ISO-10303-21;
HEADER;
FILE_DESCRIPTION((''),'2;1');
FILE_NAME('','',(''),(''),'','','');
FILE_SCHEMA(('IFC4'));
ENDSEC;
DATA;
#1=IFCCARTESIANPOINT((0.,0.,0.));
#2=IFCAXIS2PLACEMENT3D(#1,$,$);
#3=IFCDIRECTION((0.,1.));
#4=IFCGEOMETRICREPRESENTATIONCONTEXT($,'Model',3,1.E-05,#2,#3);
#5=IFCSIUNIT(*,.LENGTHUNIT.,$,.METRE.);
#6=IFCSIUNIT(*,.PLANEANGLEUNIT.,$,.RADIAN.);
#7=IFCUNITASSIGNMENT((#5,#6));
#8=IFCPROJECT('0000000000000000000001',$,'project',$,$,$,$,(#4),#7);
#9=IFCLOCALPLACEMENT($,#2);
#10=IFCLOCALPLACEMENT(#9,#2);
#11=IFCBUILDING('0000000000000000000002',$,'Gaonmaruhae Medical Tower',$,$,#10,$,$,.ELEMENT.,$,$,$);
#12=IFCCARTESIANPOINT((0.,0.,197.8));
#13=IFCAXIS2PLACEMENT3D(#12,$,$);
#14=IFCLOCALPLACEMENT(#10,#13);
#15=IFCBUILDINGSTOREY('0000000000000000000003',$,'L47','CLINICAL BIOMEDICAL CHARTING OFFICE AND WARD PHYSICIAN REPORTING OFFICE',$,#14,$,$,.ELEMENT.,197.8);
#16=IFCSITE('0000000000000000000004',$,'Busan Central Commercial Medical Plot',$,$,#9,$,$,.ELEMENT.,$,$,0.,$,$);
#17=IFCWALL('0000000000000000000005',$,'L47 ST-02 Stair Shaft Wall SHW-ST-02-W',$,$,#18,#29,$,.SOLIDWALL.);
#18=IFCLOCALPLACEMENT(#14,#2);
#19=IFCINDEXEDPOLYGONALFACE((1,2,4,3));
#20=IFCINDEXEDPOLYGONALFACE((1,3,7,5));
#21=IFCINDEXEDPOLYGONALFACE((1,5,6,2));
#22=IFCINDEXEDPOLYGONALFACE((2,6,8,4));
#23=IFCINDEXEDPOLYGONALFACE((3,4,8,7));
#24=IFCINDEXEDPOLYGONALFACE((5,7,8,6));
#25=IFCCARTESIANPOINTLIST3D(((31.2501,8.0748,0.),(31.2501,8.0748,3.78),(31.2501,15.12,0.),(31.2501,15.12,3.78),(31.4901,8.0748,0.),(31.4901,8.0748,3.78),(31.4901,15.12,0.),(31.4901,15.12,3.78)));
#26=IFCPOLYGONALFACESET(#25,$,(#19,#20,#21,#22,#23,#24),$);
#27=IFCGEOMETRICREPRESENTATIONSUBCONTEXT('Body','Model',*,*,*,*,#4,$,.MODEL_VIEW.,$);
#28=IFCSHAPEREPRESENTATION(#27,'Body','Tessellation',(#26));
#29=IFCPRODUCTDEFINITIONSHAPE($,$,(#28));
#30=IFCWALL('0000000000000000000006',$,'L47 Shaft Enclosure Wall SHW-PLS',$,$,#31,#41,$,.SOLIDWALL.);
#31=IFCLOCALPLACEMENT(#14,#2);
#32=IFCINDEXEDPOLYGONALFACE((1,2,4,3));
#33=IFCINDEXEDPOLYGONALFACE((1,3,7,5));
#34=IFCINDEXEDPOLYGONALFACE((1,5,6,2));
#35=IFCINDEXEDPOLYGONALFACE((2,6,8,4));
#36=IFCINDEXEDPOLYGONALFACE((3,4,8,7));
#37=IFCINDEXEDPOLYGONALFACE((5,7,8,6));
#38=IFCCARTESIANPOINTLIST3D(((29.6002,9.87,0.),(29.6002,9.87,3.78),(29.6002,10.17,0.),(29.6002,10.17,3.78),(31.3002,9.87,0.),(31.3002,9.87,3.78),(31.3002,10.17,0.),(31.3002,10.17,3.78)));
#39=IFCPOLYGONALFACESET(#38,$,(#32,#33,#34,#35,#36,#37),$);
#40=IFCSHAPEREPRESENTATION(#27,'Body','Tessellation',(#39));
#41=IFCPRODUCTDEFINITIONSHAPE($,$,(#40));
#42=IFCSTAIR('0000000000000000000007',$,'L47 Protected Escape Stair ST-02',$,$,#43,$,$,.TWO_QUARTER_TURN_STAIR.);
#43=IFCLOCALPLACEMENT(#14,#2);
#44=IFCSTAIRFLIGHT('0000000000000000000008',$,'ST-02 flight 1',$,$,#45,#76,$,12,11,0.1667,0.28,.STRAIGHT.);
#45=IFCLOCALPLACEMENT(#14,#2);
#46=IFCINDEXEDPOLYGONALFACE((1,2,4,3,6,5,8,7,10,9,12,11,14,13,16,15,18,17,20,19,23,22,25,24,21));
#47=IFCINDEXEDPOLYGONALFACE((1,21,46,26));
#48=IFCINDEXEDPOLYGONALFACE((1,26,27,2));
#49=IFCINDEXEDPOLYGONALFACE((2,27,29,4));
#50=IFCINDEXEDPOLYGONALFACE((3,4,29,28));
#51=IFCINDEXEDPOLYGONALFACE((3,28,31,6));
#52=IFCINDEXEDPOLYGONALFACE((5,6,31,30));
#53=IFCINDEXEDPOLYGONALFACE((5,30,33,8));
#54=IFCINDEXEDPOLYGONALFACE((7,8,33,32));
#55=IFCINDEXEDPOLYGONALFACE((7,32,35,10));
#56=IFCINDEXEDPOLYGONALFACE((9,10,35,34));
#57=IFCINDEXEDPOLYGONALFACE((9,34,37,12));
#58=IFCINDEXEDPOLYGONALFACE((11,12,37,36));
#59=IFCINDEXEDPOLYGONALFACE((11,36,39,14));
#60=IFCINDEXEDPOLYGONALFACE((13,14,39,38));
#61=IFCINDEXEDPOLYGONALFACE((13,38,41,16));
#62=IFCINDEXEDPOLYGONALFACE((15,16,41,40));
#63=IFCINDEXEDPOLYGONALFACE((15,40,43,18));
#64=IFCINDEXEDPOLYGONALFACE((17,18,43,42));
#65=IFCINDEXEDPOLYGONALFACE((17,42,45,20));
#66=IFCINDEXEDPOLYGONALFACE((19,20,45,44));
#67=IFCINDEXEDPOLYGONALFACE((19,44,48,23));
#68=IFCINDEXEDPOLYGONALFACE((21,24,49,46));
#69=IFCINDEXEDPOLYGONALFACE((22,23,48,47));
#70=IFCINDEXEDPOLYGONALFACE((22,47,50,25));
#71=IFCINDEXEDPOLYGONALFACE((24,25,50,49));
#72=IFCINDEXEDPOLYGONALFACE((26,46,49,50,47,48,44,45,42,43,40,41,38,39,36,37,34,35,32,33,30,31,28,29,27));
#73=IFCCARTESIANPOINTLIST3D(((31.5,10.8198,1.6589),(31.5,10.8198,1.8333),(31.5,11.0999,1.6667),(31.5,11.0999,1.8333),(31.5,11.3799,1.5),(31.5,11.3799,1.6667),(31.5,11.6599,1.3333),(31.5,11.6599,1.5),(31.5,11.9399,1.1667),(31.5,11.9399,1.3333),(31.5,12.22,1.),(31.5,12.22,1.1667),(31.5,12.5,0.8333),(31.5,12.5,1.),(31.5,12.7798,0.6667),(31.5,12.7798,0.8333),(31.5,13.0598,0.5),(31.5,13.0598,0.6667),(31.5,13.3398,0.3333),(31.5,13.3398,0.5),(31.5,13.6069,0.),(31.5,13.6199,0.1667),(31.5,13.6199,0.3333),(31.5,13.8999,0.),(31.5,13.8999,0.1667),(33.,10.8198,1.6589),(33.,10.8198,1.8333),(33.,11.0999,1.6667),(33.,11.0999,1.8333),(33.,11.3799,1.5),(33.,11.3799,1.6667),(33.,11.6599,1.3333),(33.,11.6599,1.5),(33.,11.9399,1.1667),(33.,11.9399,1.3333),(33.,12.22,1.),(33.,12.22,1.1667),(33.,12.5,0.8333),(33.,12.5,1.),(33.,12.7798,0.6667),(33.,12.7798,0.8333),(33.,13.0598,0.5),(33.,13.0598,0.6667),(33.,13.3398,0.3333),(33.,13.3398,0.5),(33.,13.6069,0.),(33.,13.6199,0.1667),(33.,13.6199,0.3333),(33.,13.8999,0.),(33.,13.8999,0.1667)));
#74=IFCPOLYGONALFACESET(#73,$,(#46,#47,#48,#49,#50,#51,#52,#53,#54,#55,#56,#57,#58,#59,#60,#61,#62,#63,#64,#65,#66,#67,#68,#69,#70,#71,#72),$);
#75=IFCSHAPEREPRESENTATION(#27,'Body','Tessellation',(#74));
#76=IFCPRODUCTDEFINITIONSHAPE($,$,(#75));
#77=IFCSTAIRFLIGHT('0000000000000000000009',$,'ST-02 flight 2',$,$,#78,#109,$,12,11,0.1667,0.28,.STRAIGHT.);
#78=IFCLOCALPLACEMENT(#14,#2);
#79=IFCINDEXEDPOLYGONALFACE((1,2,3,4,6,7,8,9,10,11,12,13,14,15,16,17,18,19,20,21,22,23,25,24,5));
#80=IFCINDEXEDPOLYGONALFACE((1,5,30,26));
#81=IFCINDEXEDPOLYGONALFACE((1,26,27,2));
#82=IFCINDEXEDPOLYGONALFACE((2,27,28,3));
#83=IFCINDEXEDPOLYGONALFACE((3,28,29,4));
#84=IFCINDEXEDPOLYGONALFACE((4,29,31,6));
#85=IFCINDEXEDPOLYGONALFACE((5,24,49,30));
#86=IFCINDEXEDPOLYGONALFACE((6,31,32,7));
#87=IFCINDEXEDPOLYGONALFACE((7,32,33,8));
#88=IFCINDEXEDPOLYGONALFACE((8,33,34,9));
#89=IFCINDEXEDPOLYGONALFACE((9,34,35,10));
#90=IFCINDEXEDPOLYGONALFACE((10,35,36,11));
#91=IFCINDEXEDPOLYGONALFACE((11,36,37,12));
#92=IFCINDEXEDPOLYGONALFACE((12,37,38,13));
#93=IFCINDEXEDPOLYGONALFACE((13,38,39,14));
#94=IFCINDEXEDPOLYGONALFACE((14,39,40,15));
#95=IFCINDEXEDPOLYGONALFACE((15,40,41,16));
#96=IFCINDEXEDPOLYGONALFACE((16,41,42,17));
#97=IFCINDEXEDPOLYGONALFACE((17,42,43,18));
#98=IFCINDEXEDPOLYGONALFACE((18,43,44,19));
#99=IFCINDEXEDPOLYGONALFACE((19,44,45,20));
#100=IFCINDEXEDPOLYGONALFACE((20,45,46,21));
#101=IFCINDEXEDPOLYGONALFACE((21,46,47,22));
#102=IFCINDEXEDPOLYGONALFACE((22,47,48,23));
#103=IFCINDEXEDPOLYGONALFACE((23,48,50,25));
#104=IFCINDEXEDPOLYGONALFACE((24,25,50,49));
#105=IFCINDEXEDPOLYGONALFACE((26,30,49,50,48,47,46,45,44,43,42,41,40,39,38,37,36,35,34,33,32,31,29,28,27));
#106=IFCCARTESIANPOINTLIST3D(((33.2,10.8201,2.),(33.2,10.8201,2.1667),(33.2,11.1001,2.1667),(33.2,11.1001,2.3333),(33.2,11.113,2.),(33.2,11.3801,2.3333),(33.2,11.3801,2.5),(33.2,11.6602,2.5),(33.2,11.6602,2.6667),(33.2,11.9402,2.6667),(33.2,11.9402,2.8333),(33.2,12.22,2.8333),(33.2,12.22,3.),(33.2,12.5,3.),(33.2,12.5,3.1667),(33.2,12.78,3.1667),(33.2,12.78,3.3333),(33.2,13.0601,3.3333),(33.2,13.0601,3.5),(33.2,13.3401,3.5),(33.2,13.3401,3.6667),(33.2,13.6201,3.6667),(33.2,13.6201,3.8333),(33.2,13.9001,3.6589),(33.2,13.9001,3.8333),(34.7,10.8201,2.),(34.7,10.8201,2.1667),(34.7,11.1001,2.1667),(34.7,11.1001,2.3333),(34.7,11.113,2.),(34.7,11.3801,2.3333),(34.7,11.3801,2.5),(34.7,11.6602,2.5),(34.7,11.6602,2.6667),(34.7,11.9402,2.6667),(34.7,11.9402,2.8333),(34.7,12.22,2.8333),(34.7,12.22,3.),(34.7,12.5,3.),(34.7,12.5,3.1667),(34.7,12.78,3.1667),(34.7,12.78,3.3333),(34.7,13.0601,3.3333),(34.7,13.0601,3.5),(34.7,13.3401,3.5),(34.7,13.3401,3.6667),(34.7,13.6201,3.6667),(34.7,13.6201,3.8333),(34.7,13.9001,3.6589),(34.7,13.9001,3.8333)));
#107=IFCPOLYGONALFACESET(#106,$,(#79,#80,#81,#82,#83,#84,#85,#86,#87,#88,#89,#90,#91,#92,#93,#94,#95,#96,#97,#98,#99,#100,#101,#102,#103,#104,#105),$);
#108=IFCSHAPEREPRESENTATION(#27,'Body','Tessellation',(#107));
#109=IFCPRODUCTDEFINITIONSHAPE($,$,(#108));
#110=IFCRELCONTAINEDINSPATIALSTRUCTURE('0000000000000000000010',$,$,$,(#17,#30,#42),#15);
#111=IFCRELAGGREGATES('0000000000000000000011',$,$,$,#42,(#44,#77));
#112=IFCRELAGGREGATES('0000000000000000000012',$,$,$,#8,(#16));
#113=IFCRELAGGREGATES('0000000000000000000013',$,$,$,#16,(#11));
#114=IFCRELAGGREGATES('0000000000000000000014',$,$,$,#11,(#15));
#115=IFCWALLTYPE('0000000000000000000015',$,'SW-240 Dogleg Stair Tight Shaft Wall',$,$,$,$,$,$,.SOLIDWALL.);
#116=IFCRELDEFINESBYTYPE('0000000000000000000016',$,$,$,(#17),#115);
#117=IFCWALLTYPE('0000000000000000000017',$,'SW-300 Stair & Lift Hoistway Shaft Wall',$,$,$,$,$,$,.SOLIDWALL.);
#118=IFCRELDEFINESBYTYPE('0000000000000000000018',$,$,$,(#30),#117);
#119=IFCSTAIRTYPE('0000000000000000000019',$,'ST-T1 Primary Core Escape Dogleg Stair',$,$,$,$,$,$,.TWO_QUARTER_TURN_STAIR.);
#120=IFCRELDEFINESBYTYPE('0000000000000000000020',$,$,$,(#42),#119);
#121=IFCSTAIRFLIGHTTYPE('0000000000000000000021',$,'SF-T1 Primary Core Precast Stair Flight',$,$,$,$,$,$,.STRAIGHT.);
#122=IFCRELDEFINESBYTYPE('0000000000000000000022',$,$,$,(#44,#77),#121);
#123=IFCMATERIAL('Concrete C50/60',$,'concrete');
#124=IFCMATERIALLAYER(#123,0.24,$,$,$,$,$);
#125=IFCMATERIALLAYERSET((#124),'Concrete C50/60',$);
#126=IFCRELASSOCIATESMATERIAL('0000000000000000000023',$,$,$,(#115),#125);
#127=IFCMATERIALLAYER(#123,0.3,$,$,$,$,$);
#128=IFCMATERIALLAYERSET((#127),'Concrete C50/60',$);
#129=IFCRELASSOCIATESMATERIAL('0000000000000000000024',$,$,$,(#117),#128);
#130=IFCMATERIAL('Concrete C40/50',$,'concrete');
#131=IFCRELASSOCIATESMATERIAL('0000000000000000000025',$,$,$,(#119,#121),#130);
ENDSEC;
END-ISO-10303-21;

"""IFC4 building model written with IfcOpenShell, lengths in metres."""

from ifc_helpers import new_model, si_unit, direction, frame, frame_2d, origin, place, context, subcontext, project, spatial, polyline, rectangle, outline, extrude, material, layer, layer_set, type_object, element, aggregate, save


model = new_model("IFC4")

# Units and contexts
model_context = context("Model", 3, precision=1e-05, world=origin(), true_north=direction((0.0, 1.0)))
body_context = subcontext(model_context, "Body", "Model", "MODEL_VIEW")
ifc_project = project(units=[si_unit("LENGTHUNIT", "METRE"), si_unit("PLANEANGLEUNIT", "RADIAN")], contexts=[model_context])

# Site, building, storey
site_placement = place(None, origin())
site = spatial("IfcSite", under=ifc_project, at=site_placement, Name="Busan Central Commercial Medical Plot", CompositionType="ELEMENT", RefElevation=0.0)
building_placement = place(site_placement, origin())
building = spatial("IfcBuilding", under=site, at=building_placement, Name="Gaonmaruhae Medical Tower", CompositionType="ELEMENT")
storey_placement = place(building_placement, frame((0.0, 0.0, 197.8)))
storey = spatial("IfcBuildingStorey", under=building, at=storey_placement, Name="L47", Description="CLINICAL BIOMEDICAL CHARTING OFFICE AND WARD PHYSICIAN REPORTING OFFICE", CompositionType="ELEMENT", Elevation=197.8)

# Shared definitions
ifc_material_1 = material(Name="Concrete C50/60", Category="concrete")

# Shared definitions
ifc_layer_1 = layer(ifc_material_1, 0.24)
ifc_layer_set_1 = layer_set([ifc_layer_1], Name="Concrete C50/60")
wall_type_1 = type_object("IfcWallType", Name="SW-240 Dogleg Stair Tight Shaft Wall", PredefinedType="SOLIDWALL", material=ifc_layer_set_1)

# Walls
for number, where, z_axis, x_axis, name in (
    (1, (31.3701, 8.075, 0.0), (0.0, 0.0, 1.0), (0.0, 1.0, 0.0), "L47 ST-02 Stair Shaft Wall SHW-ST-02-W"),
):
    element("IfcWall", number, at=place(storey_placement, frame(where, z_axis=z_axis, x_axis=x_axis)), inside=storey, type_object=wall_type_1, Name=name, PredefinedType="SOLIDWALL", context=body_context, shape_type="SweptSolid", body=[
        extrude(rectangle(XDim=7.0452, YDim=0.24, at=frame_2d((3.5225, 0.0))), origin(), (0.0, 0.0, 1.0), 3.78),
    ])
ifc_layer_2 = layer(ifc_material_1, 0.3)
ifc_layer_set_2 = layer_set([ifc_layer_2], Name="Concrete C50/60")
wall_type_2 = type_object("IfcWallType", Name="SW-300 Stair & Lift Hoistway Shaft Wall", PredefinedType="SOLIDWALL", material=ifc_layer_set_2)
wall_1_placement = place(storey_placement, frame((29.6001, 10.02, 0.0), z_axis=(0.0, 0.0, 1.0), x_axis=(1.0, 0.0, 0.0)))
element("IfcWall", 2, at=wall_1_placement, inside=storey, type_object=wall_type_2, Name="L47 Shaft Enclosure Wall SHW-PLS", PredefinedType="SOLIDWALL", context=body_context, shape_type="SweptSolid", body=[
    extrude(rectangle(XDim=1.7, YDim=0.3, at=frame_2d((0.8501, 0.0))), origin(), (0.0, 0.0, 1.0), 3.78),
])

# Stair, stair flights
ifc_material_2 = material(Name="Concrete C40/50", Category="concrete")
stair_type = type_object("IfcStairType", Name="ST-T1 Primary Core Escape Dogleg Stair", PredefinedType="TWO_QUARTER_TURN_STAIR", material=ifc_material_2)
stair_placement = place(storey_placement, origin())
stair = element("IfcStair", 3, at=stair_placement, inside=storey, type_object=stair_type, Name="L47 Protected Escape Stair ST-02", PredefinedType="TWO_QUARTER_TURN_STAIR")
stair_flight_type = type_object("IfcStairFlightType", Name="SF-T1 Primary Core Precast Stair Flight", PredefinedType="STRAIGHT", material=ifc_material_2)
stair_flight_1_placement = place(storey_placement, frame((32.25, 13.8999, 0.0), z_axis=(0.0, 0.0, 1.0), x_axis=(0.0, -1.0, 0.0)))
stair_flight_1 = element("IfcStairFlight", 4, at=stair_flight_1_placement, type_object=stair_flight_type, Name="ST-02 flight 1", NumberOfRisers=12, NumberOfTreads=11, PredefinedType="STRAIGHT", RiserHeight=0.1667, TreadLength=0.28, context=body_context, shape_type="SweptSolid", body=[
    extrude(outline(polyline([(0.0, 0.0), (0.0, 0.1667), (0.28, 0.1667), (0.28, 0.3333), (0.5601, 0.3333), (0.5601, 0.5), (0.8401, 0.5), (0.8401, 0.6667), (1.1201, 0.6667), (1.1201, 0.8333), (1.3999, 0.8333), (1.3999, 1.0), (1.6799, 1.0), (1.6799, 1.1667), (1.96, 1.1667), (1.96, 1.3333), (2.24, 1.3333), (2.24, 1.5), (2.52, 1.5), (2.52, 1.6667), (2.8, 1.6667), (2.8, 1.8333), (3.0801, 1.8333), (3.0801, 2.0), (3.0801, 1.6589), (0.293, 0.0), (0.0, 0.0)])), frame((0.0, 0.75, 0.0), z_axis=(0.0, -1.0, 0.0), x_axis=(1.0, 0.0, 0.0)), (0.0, 0.0, 1.0), 1.5),
])
stair_flight_2_placement = place(storey_placement, frame((33.95, 10.8201, 2.0), z_axis=(0.0, 0.0, 1.0), x_axis=(0.0, 1.0, 0.0)))
stair_flight_2 = element("IfcStairFlight", 5, at=stair_flight_2_placement, type_object=stair_flight_type, Name="ST-02 flight 2", NumberOfRisers=12, NumberOfTreads=11, PredefinedType="STRAIGHT", RiserHeight=0.1667, TreadLength=0.28, context=body_context, shape_type="SweptSolid", body=[
    extrude(outline(polyline([(0.0, 0.0), (0.0, 0.1667), (0.28, 0.1667), (0.28, 0.3333), (0.5601, 0.3333), (0.5601, 0.5), (0.8401, 0.5), (0.8401, 0.6667), (1.1201, 0.6667), (1.1201, 0.8333), (1.3999, 0.8333), (1.3999, 1.0), (1.6799, 1.0), (1.6799, 1.1667), (1.96, 1.1667), (1.96, 1.3333), (2.24, 1.3333), (2.24, 1.5), (2.52, 1.5), (2.52, 1.6667), (2.8, 1.6667), (2.8, 1.8333), (3.0801, 1.8333), (3.0801, 2.0), (3.0801, 1.6589), (0.293, 0.0), (0.0, 0.0)])), frame((0.0, 0.75, 0.0), z_axis=(0.0, -1.0, 0.0), x_axis=(1.0, 0.0, 0.0)), (0.0, 0.0, 1.0), 1.5),
])
aggregate(stair, [stair_flight_1, stair_flight_2])

save(model, "model.ifc")
